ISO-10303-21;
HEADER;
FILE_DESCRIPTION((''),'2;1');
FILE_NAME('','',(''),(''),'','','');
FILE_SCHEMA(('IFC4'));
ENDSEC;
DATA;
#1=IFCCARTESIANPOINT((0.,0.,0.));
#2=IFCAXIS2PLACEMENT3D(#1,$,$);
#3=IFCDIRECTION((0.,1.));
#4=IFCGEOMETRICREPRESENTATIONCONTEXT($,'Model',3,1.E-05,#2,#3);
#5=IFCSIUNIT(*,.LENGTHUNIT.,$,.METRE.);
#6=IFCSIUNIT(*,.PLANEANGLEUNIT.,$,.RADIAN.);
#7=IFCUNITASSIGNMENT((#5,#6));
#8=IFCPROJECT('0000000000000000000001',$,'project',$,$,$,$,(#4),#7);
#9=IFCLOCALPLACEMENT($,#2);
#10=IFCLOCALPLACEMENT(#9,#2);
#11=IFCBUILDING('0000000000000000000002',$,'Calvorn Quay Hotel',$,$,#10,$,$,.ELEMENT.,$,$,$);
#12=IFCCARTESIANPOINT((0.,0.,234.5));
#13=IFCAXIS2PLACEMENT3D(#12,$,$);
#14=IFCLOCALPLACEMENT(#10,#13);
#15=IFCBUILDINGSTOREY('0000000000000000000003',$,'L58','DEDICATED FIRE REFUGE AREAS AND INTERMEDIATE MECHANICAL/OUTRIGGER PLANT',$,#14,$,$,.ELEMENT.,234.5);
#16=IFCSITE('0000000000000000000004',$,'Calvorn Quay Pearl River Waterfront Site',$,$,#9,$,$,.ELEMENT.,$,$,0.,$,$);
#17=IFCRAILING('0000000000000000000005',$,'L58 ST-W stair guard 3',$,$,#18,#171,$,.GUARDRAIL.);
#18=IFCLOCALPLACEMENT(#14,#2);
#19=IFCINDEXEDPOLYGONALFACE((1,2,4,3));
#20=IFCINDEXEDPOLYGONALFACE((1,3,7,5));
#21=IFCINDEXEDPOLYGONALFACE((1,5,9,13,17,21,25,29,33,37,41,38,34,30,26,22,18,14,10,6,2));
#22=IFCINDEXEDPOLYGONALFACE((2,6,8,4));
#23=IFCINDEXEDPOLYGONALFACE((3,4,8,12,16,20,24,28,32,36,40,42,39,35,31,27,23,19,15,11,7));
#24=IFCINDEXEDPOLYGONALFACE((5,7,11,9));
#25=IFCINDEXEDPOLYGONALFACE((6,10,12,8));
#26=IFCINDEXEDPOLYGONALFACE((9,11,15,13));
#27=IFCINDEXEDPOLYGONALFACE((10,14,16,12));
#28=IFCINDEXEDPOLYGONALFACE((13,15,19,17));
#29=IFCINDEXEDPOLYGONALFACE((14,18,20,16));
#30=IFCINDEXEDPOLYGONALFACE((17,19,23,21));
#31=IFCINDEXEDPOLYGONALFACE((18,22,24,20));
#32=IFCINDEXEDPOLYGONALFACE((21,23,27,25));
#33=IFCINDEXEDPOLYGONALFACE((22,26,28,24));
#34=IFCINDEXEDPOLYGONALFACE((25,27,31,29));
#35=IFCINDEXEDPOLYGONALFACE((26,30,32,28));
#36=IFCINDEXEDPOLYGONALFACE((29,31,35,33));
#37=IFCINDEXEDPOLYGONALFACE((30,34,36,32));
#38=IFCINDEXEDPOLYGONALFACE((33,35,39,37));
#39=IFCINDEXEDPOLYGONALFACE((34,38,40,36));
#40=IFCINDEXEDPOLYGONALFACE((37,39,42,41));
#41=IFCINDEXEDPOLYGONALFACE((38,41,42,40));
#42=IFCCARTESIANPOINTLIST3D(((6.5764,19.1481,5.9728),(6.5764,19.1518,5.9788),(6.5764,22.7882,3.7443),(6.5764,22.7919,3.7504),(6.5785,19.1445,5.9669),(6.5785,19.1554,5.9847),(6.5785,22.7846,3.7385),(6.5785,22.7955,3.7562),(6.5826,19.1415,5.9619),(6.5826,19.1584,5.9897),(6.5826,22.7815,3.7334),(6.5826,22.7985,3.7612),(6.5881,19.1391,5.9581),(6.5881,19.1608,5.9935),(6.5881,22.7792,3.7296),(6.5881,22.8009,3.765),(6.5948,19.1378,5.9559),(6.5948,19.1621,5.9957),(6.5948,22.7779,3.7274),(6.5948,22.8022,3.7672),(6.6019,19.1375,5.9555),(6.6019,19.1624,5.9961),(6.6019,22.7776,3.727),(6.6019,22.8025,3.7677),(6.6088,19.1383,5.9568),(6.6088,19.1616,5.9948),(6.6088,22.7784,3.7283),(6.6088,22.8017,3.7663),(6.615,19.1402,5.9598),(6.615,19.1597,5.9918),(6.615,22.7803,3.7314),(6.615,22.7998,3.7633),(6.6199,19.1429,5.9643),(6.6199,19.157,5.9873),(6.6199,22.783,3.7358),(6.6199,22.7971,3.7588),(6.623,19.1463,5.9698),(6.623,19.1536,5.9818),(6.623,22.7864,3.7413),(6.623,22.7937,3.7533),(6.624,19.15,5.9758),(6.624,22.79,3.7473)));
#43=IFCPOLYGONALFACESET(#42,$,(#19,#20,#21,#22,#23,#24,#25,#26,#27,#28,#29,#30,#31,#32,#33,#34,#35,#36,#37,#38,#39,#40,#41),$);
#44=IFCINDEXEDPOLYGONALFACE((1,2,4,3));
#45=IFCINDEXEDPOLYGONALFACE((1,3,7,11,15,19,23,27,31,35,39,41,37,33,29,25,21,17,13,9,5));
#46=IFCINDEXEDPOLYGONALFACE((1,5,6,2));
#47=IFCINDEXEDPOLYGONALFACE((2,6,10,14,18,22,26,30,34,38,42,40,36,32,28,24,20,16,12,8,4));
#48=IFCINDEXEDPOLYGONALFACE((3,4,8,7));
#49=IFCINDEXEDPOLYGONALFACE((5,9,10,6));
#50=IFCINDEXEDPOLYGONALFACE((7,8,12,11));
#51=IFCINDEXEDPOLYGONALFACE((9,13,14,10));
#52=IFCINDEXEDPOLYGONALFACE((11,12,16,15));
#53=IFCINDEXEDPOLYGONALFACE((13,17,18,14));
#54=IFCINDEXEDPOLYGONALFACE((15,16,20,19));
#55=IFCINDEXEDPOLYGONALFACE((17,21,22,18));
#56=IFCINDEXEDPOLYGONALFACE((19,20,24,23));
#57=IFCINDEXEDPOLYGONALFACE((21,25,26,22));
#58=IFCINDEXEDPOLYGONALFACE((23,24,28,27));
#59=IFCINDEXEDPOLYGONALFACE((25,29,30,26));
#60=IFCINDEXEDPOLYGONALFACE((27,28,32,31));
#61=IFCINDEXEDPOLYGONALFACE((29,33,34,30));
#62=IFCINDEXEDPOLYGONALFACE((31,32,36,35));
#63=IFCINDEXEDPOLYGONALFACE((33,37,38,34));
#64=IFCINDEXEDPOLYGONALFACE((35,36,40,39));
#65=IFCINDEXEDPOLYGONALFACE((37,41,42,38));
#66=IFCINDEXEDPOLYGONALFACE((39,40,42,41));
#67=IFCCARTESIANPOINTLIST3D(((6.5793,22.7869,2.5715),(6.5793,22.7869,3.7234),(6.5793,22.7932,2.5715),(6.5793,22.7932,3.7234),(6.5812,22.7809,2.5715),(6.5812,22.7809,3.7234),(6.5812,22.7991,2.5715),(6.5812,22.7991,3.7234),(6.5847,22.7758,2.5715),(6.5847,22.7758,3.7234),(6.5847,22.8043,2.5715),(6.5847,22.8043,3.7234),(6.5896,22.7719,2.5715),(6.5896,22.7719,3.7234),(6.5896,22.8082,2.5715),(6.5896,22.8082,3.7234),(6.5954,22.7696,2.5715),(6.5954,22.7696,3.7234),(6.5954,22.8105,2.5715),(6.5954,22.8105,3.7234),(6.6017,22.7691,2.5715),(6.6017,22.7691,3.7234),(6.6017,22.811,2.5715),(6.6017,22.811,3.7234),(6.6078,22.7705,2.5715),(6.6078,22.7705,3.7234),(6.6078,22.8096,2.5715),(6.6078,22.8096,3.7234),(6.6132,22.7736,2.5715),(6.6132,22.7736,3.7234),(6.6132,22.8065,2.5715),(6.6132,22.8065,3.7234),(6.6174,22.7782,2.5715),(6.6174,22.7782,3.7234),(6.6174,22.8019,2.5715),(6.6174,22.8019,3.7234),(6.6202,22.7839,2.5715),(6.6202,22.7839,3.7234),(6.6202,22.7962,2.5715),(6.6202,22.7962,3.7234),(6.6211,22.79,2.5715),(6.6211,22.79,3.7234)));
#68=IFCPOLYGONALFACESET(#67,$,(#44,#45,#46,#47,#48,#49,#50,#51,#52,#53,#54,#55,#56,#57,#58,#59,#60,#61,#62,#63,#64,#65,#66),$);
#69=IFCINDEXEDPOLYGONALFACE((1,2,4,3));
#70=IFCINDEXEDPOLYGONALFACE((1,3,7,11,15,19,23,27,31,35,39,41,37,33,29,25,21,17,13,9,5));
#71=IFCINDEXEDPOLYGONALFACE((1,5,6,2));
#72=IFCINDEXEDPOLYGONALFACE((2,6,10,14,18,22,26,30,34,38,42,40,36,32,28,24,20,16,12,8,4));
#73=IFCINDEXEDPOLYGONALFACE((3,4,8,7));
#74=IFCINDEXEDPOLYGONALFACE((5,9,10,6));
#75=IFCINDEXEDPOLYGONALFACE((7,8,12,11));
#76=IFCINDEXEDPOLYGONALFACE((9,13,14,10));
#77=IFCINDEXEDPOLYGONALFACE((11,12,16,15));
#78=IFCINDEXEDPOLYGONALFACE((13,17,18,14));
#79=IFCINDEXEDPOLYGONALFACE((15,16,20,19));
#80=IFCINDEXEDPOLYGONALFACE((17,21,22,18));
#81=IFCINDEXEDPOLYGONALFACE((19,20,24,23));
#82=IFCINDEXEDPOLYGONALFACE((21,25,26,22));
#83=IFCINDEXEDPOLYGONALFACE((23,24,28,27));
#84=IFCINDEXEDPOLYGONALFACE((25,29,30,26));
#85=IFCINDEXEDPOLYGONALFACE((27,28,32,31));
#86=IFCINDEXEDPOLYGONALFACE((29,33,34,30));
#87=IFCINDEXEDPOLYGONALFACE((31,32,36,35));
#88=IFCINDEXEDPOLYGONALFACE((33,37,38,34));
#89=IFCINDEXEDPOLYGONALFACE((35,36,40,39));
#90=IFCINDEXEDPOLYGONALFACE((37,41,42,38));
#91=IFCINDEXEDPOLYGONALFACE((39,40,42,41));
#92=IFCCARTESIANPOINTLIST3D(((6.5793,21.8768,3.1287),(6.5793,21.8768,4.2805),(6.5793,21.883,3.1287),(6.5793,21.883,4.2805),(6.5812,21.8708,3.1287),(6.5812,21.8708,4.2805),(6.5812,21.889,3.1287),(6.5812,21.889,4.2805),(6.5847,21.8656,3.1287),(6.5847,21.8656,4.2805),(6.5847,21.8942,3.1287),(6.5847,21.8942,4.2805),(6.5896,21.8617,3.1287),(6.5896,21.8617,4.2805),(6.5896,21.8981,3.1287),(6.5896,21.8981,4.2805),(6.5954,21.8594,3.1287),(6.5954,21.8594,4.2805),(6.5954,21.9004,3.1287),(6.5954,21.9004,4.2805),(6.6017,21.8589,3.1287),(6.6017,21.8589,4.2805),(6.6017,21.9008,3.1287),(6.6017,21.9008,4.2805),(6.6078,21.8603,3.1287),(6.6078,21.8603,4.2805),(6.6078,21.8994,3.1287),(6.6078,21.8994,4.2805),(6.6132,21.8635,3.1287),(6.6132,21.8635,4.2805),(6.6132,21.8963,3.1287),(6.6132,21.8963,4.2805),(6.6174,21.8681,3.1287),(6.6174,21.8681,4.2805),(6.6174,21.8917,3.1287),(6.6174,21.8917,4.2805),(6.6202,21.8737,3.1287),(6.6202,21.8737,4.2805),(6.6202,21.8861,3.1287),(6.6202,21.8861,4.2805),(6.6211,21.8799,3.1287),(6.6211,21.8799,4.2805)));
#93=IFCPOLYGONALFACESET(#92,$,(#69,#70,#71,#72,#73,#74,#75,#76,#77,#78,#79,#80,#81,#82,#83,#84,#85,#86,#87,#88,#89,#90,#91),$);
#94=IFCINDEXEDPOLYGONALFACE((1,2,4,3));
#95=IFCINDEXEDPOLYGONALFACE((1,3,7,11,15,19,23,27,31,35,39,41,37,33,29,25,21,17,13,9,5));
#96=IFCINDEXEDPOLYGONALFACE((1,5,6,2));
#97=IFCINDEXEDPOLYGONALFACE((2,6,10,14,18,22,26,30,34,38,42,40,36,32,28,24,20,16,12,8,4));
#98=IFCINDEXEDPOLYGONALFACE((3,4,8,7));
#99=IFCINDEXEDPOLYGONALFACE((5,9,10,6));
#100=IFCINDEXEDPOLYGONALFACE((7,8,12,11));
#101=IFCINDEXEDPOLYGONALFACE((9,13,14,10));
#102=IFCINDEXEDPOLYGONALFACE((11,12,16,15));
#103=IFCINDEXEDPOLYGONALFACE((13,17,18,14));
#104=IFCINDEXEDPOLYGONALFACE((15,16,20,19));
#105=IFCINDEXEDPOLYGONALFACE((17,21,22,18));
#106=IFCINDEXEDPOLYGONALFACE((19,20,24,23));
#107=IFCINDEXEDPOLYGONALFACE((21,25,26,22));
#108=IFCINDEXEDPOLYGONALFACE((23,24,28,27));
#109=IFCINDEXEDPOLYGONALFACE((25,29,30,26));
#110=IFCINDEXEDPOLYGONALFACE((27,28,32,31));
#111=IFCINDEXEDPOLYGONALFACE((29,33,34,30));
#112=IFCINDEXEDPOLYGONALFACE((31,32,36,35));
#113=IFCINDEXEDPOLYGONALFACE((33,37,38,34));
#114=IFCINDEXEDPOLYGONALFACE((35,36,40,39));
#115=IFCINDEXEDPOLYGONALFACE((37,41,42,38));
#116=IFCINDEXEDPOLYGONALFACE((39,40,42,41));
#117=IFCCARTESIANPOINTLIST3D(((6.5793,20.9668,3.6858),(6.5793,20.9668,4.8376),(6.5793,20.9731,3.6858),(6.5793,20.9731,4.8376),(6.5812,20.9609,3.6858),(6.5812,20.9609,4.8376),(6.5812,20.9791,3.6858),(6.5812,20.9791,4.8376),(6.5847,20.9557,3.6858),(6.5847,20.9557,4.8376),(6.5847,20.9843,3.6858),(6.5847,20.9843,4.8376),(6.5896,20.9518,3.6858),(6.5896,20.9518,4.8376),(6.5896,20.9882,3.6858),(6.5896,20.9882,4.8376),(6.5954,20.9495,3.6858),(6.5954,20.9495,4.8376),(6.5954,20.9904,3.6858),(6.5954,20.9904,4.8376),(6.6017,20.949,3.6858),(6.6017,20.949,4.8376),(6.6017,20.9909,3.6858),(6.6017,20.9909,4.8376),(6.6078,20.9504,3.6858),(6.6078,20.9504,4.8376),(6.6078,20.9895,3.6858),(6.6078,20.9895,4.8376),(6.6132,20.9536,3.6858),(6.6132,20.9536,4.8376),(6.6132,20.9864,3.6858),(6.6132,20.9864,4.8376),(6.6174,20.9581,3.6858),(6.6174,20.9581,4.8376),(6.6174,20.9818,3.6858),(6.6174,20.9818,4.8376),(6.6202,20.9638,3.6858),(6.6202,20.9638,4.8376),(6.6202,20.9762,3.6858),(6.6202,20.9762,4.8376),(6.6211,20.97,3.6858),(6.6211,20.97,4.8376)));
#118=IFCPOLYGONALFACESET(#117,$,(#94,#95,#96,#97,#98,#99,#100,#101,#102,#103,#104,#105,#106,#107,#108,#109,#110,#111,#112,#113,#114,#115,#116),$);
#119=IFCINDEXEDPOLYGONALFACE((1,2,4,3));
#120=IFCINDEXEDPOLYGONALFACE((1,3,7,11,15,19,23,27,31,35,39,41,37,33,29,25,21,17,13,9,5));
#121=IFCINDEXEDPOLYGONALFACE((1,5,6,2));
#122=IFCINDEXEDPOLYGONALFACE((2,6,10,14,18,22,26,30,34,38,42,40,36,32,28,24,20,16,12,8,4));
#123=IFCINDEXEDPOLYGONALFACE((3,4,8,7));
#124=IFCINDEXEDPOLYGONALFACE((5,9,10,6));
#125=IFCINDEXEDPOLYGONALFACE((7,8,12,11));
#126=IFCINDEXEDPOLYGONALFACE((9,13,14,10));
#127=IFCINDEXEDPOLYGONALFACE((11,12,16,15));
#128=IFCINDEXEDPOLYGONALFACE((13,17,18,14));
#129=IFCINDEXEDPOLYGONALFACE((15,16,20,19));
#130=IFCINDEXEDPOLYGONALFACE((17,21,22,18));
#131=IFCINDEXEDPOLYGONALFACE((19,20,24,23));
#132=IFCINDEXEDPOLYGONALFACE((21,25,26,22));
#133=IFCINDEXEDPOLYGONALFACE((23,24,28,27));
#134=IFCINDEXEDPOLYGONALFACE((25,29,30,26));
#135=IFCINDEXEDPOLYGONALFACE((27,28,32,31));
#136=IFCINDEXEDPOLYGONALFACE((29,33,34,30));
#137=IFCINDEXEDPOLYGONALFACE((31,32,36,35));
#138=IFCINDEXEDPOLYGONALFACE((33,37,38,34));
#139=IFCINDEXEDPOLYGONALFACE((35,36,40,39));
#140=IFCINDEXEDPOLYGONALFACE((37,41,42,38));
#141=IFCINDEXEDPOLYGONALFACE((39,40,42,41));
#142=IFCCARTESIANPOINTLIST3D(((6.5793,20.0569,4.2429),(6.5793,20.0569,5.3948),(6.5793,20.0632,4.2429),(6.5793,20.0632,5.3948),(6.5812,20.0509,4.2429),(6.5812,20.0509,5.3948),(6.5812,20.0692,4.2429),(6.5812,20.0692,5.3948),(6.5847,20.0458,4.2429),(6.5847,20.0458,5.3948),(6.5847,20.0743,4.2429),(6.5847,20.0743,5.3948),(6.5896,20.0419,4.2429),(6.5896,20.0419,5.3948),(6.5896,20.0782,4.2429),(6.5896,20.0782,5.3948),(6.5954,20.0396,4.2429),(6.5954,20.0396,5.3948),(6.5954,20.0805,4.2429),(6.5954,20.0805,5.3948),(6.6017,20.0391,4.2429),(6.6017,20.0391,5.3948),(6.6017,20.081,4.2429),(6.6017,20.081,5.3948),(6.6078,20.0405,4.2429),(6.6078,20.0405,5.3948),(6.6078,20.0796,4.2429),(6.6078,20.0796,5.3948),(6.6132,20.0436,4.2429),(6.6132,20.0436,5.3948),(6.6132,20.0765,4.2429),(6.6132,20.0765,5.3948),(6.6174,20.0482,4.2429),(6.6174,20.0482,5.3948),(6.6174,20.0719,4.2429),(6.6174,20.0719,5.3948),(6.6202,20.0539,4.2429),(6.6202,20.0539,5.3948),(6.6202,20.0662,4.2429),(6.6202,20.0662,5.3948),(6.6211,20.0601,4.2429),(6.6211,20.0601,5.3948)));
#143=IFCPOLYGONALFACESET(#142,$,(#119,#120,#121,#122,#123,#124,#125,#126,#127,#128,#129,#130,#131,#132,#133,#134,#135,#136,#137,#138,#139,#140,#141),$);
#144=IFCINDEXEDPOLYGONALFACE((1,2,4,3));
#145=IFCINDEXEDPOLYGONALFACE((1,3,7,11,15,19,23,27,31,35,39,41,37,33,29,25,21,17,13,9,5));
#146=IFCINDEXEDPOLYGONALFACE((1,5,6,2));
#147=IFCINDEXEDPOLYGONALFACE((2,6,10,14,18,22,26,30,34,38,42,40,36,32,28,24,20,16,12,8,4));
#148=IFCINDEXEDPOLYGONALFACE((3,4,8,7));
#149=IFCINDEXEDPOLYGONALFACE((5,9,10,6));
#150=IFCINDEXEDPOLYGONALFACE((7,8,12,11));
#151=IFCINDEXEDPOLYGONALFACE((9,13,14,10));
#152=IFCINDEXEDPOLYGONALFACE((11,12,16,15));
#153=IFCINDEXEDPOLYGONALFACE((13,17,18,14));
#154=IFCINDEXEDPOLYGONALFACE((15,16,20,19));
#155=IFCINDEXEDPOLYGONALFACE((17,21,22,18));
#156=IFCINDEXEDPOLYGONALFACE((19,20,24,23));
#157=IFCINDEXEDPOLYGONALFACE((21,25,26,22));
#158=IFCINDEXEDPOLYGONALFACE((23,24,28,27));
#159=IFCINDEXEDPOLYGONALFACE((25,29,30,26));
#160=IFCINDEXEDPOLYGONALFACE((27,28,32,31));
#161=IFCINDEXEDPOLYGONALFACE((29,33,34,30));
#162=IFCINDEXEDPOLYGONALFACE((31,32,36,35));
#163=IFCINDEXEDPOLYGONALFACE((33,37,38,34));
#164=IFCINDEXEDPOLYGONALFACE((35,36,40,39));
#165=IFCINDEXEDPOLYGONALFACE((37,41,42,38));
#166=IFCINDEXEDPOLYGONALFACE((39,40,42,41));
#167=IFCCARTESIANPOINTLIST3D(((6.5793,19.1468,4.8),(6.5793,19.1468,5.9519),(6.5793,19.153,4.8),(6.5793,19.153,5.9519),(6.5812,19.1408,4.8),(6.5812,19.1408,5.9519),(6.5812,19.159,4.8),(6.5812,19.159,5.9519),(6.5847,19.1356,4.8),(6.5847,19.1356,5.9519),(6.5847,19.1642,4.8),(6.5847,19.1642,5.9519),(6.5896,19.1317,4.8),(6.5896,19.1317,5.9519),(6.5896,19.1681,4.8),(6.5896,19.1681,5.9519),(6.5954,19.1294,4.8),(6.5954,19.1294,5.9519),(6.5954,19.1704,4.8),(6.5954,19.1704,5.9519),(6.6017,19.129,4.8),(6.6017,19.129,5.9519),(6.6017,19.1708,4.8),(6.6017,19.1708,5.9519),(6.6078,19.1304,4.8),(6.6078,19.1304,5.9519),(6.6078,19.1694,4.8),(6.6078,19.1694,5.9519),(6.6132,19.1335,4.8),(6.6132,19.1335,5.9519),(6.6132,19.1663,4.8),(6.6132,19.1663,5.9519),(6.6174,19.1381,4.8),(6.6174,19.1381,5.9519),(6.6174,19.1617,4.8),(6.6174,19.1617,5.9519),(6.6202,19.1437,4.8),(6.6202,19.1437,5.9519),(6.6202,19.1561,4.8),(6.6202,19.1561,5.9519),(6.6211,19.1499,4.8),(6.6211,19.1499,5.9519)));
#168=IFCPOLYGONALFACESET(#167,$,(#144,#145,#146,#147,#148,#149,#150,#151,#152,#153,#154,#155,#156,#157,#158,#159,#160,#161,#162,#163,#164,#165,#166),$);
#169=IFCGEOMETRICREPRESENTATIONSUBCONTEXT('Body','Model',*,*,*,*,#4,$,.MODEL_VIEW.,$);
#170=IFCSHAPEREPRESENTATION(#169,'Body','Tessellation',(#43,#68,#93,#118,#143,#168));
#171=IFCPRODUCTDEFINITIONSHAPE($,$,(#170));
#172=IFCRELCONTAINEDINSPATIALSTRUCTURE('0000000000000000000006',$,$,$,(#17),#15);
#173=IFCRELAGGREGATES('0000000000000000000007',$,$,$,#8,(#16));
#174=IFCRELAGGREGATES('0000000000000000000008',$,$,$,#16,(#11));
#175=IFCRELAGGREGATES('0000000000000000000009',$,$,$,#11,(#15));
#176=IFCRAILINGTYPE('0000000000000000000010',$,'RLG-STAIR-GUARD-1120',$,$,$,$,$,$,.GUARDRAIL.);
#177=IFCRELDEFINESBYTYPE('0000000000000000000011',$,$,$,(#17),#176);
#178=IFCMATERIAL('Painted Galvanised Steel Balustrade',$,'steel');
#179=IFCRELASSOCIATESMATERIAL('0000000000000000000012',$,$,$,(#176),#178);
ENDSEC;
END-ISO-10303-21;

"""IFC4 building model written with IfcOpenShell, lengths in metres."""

from ifc_helpers import new_model, si_unit, direction, frame, origin, origin_2d, place, context, subcontext, project, spatial, circle, extrude, material, type_object, element, save


model = new_model("IFC4")

# Units and contexts
model_context = context("Model", 3, precision=1e-05, world=origin(), true_north=direction((0.0, 1.0)))
body_context = subcontext(model_context, "Body", "Model", "MODEL_VIEW")
ifc_project = project(units=[si_unit("LENGTHUNIT", "METRE"), si_unit("PLANEANGLEUNIT", "RADIAN")], contexts=[model_context])

# Site, building, storey
site_placement = place(None, origin())
site = spatial("IfcSite", under=ifc_project, at=site_placement, Name="Calvorn Quay Pearl River Waterfront Site", CompositionType="ELEMENT", RefElevation=0.0)
building_placement = place(site_placement, origin())
building = spatial("IfcBuilding", under=site, at=building_placement, Name="Calvorn Quay Hotel", CompositionType="ELEMENT")
storey_placement = place(building_placement, frame((0.0, 0.0, 234.5)))
storey = spatial("IfcBuildingStorey", under=building, at=storey_placement, Name="L58", Description="DEDICATED FIRE REFUGE AREAS AND INTERMEDIATE MECHANICAL/OUTRIGGER PLANT", CompositionType="ELEMENT", Elevation=234.5)

# Railing
ifc_material_1 = material(Name="Painted Galvanised Steel Balustrade", Category="steel")
railing_type_1 = type_object("IfcRailingType", Name="RLG-STAIR-GUARD-1120", PredefinedType="GUARDRAIL", material=ifc_material_1)
railing_1_placement = place(storey_placement, frame((6.6001, 22.79, 2.5715)))
element("IfcRailing", 1, at=railing_1_placement, inside=storey, type_object=railing_type_1, Name="L58 ST-W stair guard 3", PredefinedType="GUARDRAIL", context=body_context, shape_type="SweptSolid", body=[
    extrude(circle(Radius=0.0239, at=origin_2d()), frame((0.0, 0.0, 1.1758), z_axis=(0.0, -0.852866, 0.52213), x_axis=(1.0, 0.0, 0.0)), (0.0, 0.0, 1.0), 4.2681),
    extrude(circle(Radius=0.021, at=origin_2d()), origin(), (0.0, 0.0, 1.0), 1.1519),
    extrude(circle(Radius=0.021, at=origin_2d()), frame((0.0, -0.9102, 0.5571)), (0.0, 0.0, 1.0), 1.1519),
    extrude(circle(Radius=0.021, at=origin_2d()), frame((0.0, -1.8201, 1.1143)), (0.0, 0.0, 1.0), 1.1519),
    extrude(circle(Radius=0.021, at=origin_2d()), frame((0.0, -2.73, 1.6714)), (0.0, 0.0, 1.0), 1.1519),
    extrude(circle(Radius=0.021, at=origin_2d()), frame((0.0, -3.6401, 2.2285)), (0.0, 0.0, 1.0), 1.1519),
])

save(model, "model.ifc")
